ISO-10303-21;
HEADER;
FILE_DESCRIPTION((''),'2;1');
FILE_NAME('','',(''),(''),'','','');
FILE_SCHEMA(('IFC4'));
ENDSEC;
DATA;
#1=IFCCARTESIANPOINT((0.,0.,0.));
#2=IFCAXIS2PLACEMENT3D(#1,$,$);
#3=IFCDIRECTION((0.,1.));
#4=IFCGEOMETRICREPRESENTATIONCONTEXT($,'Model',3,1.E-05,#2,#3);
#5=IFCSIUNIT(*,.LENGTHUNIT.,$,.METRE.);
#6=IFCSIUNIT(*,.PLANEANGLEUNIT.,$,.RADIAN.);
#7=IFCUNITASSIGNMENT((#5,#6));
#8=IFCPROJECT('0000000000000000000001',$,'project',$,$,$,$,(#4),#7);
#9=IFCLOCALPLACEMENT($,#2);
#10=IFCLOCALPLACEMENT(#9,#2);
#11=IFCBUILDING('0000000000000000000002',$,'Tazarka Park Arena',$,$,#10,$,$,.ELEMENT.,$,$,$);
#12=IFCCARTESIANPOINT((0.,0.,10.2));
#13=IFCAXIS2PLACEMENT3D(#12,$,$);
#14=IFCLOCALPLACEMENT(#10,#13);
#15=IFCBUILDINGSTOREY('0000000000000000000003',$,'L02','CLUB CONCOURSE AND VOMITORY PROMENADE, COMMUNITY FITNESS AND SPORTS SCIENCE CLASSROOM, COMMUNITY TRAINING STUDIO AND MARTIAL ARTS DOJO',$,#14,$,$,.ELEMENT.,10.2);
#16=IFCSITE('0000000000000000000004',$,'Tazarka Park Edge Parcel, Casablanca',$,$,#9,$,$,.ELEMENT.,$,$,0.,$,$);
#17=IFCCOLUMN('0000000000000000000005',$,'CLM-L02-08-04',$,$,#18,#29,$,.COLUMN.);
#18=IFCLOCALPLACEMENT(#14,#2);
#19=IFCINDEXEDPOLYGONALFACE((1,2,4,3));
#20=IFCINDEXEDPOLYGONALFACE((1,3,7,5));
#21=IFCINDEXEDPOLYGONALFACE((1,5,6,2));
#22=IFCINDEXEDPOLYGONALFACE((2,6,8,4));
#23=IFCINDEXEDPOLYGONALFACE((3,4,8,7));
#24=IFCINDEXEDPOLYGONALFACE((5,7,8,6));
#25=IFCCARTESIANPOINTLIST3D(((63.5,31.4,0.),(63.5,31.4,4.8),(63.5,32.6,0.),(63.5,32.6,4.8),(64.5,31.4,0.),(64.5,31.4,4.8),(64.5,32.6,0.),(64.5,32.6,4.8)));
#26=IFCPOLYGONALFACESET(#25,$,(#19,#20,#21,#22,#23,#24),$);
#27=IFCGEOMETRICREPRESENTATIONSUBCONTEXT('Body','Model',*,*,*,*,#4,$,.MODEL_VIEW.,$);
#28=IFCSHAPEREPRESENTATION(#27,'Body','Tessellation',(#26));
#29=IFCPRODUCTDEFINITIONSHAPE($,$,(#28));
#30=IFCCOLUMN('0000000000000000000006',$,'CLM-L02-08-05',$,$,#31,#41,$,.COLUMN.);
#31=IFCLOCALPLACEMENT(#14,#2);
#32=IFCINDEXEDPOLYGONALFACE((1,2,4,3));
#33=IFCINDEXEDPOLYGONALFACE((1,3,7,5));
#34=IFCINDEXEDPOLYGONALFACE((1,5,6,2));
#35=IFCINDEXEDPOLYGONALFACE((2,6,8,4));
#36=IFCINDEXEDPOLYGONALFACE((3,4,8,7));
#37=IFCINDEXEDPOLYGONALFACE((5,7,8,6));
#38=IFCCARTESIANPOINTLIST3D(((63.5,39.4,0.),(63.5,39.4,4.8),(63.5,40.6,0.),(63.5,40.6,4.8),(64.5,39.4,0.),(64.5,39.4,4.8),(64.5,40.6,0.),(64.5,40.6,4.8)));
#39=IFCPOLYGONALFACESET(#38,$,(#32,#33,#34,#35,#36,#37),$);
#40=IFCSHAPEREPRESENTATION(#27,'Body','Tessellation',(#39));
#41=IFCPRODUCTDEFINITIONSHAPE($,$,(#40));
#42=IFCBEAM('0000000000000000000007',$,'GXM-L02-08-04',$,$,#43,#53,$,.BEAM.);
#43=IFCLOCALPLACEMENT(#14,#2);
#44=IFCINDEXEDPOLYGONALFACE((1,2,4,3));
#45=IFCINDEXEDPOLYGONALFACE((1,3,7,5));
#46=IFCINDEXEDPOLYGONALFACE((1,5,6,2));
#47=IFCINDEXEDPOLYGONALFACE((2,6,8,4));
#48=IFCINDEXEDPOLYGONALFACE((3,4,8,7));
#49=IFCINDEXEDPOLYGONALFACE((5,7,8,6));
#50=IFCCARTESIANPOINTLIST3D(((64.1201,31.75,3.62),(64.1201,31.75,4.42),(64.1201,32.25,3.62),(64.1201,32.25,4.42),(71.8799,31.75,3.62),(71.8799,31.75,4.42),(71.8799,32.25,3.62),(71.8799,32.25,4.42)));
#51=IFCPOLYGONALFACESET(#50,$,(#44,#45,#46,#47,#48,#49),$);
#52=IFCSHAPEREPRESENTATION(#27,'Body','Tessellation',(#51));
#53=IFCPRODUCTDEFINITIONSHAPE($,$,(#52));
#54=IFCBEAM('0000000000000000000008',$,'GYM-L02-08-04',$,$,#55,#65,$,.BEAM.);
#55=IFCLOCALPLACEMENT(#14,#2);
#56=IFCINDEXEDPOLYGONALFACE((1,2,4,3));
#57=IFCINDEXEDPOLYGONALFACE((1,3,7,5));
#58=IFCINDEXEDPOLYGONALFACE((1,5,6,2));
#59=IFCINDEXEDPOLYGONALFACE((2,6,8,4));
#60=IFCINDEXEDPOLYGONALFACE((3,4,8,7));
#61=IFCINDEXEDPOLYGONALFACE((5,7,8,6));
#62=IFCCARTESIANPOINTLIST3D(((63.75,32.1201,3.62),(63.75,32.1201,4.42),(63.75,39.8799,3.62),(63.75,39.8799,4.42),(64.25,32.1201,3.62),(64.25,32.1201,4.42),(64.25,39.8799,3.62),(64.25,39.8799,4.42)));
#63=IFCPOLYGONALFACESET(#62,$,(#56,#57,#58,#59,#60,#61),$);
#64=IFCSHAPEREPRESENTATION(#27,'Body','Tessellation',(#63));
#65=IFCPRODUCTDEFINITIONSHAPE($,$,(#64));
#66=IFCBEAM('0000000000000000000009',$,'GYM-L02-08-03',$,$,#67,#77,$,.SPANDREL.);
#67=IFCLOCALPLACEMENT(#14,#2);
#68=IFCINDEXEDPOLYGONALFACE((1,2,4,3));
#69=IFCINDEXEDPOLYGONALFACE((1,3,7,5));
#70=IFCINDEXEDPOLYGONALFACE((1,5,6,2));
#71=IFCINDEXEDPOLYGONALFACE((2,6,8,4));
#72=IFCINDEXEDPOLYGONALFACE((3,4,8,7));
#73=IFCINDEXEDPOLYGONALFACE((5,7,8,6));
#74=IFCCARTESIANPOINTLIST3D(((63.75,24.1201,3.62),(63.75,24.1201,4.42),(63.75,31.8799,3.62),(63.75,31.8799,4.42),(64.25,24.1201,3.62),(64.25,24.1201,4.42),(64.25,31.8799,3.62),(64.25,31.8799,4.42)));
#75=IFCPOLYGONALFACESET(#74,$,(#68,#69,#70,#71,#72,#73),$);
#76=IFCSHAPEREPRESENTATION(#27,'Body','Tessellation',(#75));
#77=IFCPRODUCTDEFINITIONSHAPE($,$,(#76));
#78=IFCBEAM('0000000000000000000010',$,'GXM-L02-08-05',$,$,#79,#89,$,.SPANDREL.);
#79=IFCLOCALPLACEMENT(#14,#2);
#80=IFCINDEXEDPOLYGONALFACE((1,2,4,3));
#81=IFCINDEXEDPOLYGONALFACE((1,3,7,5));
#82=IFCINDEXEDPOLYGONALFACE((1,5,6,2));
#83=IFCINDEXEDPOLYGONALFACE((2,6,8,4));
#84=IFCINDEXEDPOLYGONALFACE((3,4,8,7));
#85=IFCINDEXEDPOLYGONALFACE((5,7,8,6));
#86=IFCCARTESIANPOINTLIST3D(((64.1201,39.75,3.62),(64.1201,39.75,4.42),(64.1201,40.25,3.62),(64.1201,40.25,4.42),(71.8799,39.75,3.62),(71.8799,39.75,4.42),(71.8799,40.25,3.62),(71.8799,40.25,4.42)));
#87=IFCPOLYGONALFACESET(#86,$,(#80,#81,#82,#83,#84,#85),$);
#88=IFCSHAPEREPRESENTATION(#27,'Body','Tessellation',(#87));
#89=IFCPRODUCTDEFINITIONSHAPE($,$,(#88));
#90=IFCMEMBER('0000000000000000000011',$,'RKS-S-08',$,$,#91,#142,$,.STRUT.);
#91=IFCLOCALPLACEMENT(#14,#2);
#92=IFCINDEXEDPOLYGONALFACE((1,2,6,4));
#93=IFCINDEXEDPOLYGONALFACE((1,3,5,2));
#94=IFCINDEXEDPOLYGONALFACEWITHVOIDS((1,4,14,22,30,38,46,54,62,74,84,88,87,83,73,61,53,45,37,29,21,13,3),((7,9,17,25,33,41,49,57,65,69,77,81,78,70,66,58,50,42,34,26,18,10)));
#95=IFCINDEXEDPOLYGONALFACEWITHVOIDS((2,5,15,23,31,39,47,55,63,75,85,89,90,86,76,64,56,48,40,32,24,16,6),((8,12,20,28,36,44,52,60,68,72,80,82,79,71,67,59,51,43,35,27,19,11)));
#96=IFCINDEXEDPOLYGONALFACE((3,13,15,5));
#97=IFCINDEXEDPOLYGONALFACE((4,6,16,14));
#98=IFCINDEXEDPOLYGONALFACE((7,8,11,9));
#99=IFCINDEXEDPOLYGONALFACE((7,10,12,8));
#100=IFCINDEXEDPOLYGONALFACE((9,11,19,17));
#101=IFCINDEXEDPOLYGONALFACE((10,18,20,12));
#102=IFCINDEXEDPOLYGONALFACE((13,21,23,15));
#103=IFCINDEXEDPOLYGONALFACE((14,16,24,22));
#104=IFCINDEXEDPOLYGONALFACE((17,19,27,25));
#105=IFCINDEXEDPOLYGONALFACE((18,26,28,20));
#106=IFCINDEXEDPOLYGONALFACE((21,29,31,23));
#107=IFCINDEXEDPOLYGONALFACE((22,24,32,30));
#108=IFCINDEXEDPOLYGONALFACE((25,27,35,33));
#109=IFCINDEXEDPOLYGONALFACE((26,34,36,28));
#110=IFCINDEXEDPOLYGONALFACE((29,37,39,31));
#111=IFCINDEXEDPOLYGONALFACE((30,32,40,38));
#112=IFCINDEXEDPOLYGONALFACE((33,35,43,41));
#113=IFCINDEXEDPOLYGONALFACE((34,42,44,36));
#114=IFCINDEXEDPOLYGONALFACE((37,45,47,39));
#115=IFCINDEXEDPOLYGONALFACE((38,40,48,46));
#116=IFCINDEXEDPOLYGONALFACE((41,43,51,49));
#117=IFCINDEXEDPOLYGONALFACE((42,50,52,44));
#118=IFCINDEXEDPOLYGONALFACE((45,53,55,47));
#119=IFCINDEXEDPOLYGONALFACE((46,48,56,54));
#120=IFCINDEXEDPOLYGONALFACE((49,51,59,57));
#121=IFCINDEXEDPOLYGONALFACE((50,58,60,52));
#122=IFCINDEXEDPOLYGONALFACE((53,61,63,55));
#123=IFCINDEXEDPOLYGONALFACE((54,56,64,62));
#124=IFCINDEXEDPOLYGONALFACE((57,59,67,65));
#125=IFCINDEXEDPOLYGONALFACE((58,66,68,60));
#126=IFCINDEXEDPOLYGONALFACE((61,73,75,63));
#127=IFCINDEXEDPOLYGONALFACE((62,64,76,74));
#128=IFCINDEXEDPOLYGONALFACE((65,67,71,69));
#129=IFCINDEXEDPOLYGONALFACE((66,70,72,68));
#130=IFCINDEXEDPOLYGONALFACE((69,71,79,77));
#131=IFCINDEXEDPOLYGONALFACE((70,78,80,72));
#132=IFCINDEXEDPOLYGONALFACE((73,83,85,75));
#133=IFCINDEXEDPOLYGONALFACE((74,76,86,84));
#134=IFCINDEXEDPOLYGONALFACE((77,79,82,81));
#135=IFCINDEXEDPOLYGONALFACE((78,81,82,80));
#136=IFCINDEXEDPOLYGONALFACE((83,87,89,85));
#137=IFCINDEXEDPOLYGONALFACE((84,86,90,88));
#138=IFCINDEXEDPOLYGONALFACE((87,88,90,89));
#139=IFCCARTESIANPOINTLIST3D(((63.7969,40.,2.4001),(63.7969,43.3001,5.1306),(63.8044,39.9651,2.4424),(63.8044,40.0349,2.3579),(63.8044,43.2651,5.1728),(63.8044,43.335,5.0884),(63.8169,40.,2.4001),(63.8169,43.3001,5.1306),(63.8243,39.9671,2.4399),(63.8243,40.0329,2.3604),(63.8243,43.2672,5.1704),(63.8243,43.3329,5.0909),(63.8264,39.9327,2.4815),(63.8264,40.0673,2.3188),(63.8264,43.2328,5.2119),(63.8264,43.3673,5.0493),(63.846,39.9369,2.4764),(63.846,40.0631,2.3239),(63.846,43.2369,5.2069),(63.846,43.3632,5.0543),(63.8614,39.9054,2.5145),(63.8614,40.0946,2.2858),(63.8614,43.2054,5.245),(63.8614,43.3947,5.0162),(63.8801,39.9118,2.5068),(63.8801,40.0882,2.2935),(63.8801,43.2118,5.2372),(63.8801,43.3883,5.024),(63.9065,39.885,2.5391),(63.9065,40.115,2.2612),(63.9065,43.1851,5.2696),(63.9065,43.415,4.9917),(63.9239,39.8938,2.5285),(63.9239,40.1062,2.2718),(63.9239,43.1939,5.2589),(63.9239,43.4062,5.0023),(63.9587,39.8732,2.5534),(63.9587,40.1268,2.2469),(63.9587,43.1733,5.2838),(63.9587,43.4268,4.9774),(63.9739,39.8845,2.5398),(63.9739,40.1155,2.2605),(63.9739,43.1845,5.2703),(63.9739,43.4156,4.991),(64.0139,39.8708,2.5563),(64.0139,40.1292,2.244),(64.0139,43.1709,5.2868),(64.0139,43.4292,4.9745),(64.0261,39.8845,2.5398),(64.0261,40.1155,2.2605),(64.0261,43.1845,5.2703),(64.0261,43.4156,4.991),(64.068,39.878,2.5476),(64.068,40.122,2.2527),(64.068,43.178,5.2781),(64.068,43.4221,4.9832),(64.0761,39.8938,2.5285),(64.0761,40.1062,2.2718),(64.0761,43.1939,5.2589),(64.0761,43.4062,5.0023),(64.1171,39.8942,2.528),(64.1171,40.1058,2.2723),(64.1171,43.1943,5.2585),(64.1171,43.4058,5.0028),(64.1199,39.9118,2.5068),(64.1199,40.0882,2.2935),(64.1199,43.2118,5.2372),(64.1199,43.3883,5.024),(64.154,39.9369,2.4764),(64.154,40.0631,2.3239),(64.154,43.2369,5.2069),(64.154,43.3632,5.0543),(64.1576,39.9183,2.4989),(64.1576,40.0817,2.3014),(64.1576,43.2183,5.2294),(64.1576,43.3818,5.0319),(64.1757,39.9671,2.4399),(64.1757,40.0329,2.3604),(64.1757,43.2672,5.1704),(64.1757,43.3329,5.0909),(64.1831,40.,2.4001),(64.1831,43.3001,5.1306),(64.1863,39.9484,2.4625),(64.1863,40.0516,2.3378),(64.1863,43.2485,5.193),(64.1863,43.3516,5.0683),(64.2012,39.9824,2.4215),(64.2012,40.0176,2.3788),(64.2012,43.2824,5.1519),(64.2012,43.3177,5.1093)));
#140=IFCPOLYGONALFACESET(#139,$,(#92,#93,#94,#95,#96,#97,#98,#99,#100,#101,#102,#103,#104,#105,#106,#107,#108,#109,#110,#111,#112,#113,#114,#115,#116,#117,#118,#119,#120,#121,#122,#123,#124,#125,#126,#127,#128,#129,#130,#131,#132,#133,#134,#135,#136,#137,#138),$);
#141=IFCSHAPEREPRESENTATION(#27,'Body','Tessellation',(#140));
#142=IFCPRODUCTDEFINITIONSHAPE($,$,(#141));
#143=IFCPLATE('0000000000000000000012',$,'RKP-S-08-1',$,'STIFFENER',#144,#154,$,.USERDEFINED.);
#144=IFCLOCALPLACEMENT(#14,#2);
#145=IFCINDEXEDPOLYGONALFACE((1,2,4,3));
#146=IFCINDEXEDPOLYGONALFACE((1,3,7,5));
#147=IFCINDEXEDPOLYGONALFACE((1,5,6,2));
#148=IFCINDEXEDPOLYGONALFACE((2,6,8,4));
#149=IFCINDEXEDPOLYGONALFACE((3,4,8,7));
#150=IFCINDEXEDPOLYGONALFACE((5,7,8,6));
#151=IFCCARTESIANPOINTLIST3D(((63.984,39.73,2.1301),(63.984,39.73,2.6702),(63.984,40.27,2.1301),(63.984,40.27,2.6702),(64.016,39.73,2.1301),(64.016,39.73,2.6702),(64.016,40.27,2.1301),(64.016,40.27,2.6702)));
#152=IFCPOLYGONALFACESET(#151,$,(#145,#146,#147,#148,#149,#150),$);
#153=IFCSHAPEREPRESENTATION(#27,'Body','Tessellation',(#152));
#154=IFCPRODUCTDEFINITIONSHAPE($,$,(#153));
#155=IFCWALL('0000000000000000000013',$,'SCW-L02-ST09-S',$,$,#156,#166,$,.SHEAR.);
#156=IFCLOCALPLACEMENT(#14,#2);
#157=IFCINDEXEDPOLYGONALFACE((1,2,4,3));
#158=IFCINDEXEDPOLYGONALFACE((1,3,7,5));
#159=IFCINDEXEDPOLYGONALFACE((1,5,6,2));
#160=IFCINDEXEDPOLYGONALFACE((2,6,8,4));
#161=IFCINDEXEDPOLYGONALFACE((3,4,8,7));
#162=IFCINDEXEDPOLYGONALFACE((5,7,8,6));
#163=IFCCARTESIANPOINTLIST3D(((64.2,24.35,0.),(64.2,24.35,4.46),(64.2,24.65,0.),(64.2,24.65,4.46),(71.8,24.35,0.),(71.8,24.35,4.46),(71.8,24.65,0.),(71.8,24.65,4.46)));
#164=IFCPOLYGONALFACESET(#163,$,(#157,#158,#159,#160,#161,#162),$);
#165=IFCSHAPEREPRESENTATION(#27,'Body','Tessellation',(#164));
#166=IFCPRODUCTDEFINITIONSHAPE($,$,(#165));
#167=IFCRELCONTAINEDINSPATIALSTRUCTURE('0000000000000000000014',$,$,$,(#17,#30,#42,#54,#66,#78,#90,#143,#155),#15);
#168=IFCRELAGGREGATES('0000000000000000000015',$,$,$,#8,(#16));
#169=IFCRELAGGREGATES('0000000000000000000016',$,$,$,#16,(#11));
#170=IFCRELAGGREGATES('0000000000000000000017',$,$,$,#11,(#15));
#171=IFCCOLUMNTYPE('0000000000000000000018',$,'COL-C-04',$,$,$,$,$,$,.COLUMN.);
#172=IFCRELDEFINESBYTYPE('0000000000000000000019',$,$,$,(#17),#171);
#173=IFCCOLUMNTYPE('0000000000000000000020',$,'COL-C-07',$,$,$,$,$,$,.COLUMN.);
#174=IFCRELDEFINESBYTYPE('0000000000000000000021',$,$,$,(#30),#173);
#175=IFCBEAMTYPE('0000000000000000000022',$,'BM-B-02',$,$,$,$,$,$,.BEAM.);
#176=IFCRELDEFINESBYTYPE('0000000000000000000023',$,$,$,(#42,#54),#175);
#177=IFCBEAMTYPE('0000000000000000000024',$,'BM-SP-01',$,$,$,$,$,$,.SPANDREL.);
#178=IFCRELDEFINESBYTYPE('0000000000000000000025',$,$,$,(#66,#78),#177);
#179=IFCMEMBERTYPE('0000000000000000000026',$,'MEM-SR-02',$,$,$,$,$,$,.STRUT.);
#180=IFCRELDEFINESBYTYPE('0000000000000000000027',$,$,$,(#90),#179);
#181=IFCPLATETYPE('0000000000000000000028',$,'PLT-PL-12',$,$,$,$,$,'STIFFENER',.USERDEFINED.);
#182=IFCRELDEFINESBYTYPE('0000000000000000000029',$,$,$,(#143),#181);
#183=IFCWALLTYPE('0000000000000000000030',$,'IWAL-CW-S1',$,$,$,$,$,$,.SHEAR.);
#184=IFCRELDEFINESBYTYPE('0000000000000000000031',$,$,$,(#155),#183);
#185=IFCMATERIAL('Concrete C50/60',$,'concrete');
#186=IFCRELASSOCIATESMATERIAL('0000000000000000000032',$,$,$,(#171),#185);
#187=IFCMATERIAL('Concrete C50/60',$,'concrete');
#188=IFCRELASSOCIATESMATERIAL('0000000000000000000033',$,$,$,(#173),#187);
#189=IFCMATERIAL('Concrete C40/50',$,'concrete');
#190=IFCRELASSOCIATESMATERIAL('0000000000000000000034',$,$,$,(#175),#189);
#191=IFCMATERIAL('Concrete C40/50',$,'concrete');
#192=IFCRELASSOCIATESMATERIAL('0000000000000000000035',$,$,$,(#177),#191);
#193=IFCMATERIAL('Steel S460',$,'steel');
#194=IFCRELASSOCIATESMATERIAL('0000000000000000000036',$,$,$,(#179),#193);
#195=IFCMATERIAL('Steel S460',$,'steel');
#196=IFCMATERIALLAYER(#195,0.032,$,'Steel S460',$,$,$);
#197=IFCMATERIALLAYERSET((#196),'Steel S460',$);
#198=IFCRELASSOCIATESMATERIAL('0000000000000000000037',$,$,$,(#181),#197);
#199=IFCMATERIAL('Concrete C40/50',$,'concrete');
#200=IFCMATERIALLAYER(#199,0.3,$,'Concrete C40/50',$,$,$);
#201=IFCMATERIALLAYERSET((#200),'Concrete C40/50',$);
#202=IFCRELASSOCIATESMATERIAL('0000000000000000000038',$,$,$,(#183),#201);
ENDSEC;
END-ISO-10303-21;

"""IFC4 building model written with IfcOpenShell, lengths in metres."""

from ifc_helpers import new_model, si_unit, direction, frame, frame_2d, origin, origin_2d, place, context, subcontext, project, spatial, rectangle, hollow_circle, extrude, material, layer, layer_set, material_profile, profile_set, type_object, element, save


model = new_model("IFC4")

# Units and contexts
model_context = context("Model", 3, precision=1e-05, world=origin(), true_north=direction((0.0, 1.0)))
body_context = subcontext(model_context, "Body", "Model", "MODEL_VIEW")
ifc_project = project(units=[si_unit("LENGTHUNIT", "METRE"), si_unit("PLANEANGLEUNIT", "RADIAN")], contexts=[model_context])

# Site, building, storey
site_placement = place(None, origin())
site = spatial("IfcSite", under=ifc_project, at=site_placement, Name="Tazarka Park Edge Parcel, Casablanca", CompositionType="ELEMENT", RefElevation=0.0)
building_placement = place(site_placement, origin())
building = spatial("IfcBuilding", under=site, at=building_placement, Name="Tazarka Park Arena", CompositionType="ELEMENT")
storey_placement = place(building_placement, frame((0.0, 0.0, 10.2)))
storey = spatial("IfcBuildingStorey", under=building, at=storey_placement, Name="L02", Description="CLUB CONCOURSE AND VOMITORY PROMENADE, COMMUNITY FITNESS AND SPORTS SCIENCE CLASSROOM, COMMUNITY TRAINING STUDIO AND MARTIAL ARTS DOJO", CompositionType="ELEMENT", Elevation=10.2)

# Columns
ifc_material_1 = material(Name="Concrete C50/60", Category="concrete")
ifc_material_profile_1 = material_profile(ifc_material_1, rectangle(XDim=1.0, YDim=1.2, at=origin_2d()), Name="Concrete C50/60")
ifc_profile_set_1 = profile_set([ifc_material_profile_1], Name="Concrete C50/60")
column_type_1 = type_object("IfcColumnType", Name="COL-C-04", PredefinedType="COLUMN", material=ifc_profile_set_1)
column_1_placement = place(storey_placement, frame((64.0, 32.0, 0.0), z_axis=(0.0, 0.0, 1.0), x_axis=(1.0, 0.0, 0.0)))
element("IfcColumn", 1, at=column_1_placement, inside=storey, type_object=column_type_1, Name="CLM-L02-08-04", PredefinedType="COLUMN", context=body_context, shape_type="SweptSolid", body=[
    extrude(rectangle(XDim=1.0, YDim=1.2, at=origin_2d()), origin(), (0.0, 0.0, 1.0), 4.8),
])
ifc_material_2 = material(Name="Concrete C50/60", Category="concrete")
ifc_material_profile_2 = material_profile(ifc_material_2, rectangle(XDim=1.0, YDim=1.2, at=origin_2d()), Name="Concrete C50/60")
ifc_profile_set_2 = profile_set([ifc_material_profile_2], Name="Concrete C50/60")
column_type_2 = type_object("IfcColumnType", Name="COL-C-07", PredefinedType="COLUMN", material=ifc_profile_set_2)
column_2_placement = place(storey_placement, frame((64.0, 40.0, 0.0), z_axis=(0.0, 0.0, 1.0), x_axis=(1.0, 0.0, 0.0)))
element("IfcColumn", 2, at=column_2_placement, inside=storey, type_object=column_type_2, Name="CLM-L02-08-05", PredefinedType="COLUMN", context=body_context, shape_type="SweptSolid", body=[
    extrude(rectangle(XDim=1.0, YDim=1.2, at=origin_2d()), origin(), (0.0, 0.0, 1.0), 4.8),
])

# Beams
ifc_material_3 = material(Name="Concrete C40/50", Category="concrete")
ifc_material_profile_3 = material_profile(ifc_material_3, rectangle(XDim=0.5, YDim=0.8, at=origin_2d()), Name="Concrete C40/50")
ifc_profile_set_3 = profile_set([ifc_material_profile_3], Name="Concrete C40/50")
beam_type_1 = type_object("IfcBeamType", Name="BM-B-02", PredefinedType="BEAM", material=ifc_profile_set_3)
for number, where, z_axis, x_axis, name in (
    (3, (64.1201, 32.0, 4.02), (1.0, 0.0, 0.0), (0.0, 1.0, 0.0), "GXM-L02-08-04"),
    (4, (64.0, 32.1201, 4.02), (0.0, 1.0, 0.0), (-1.0, 0.0, 0.0), "GYM-L02-08-04"),
):
    element("IfcBeam", number, at=place(storey_placement, frame(where, z_axis=z_axis, x_axis=x_axis)), inside=storey, type_object=beam_type_1, Name=name, PredefinedType="BEAM", context=body_context, shape_type="SweptSolid", body=[
        extrude(rectangle(XDim=0.5, YDim=0.8, at=origin_2d()), origin(), (0.0, 0.0, 1.0), 7.7598),
    ])
ifc_material_4 = material(Name="Concrete C40/50", Category="concrete")
ifc_material_profile_4 = material_profile(ifc_material_4, rectangle(XDim=0.5, YDim=0.8, at=origin_2d()), Name="Concrete C40/50")
ifc_profile_set_4 = profile_set([ifc_material_profile_4], Name="Concrete C40/50")
beam_type_2 = type_object("IfcBeamType", Name="BM-SP-01", PredefinedType="SPANDREL", material=ifc_profile_set_4)
for number, where, z_axis, x_axis, name in (
    (5, (64.0, 24.1201, 4.02), (0.0, 1.0, 0.0), (-1.0, 0.0, 0.0), "GYM-L02-08-03"),
    (6, (64.1201, 40.0, 4.02), (1.0, 0.0, 0.0), (0.0, 1.0, 0.0), "GXM-L02-08-05"),
):
    element("IfcBeam", number, at=place(storey_placement, frame(where, z_axis=z_axis, x_axis=x_axis)), inside=storey, type_object=beam_type_2, Name=name, PredefinedType="SPANDREL", context=body_context, shape_type="SweptSolid", body=[
        extrude(rectangle(XDim=0.5, YDim=0.8, at=origin_2d()), origin(), (0.0, 0.0, 1.0), 7.7598),
    ])

# Member
ifc_material_5 = material(Name="Steel S460", Category="steel")
ifc_material_profile_5 = material_profile(ifc_material_5, hollow_circle(Radius=0.2031, WallThickness=0.02, at=origin_2d()), Name="Steel S460")
ifc_profile_set_5 = profile_set([ifc_material_profile_5], Name="Steel S460")
member_type = type_object("IfcMemberType", Name="MEM-SR-02", PredefinedType="STRUT", material=ifc_profile_set_5)
member_placement = place(storey_placement, frame((64.0, 40.0, 2.4001), z_axis=(0.0, 0.770464, 0.637484), x_axis=(-1.0, 0.0, 0.0)))
element("IfcMember", 7, at=member_placement, inside=storey, type_object=member_type, Name="RKS-S-08", PredefinedType="STRUT", context=body_context, shape_type="SweptSolid", body=[
    extrude(hollow_circle(Radius=0.2031, WallThickness=0.02, at=origin_2d()), origin(), (0.0, 0.0, 1.0), 4.2832),
])

# Plate
ifc_material_6 = material(Name="Steel S460", Category="steel")
ifc_layer_1 = layer(ifc_material_6, 0.032, Name="Steel S460")
ifc_layer_set_1 = layer_set([ifc_layer_1], Name="Steel S460")
plate_type = type_object("IfcPlateType", Name="PLT-PL-12", ElementType="STIFFENER", PredefinedType="USERDEFINED", material=ifc_layer_set_1)
plate_placement = place(storey_placement, frame((64.0, 40.0, 2.1301), z_axis=(0.0, 0.0, 1.0), x_axis=(1.0, 0.0, 0.0)))
element("IfcPlate", 8, at=plate_placement, inside=storey, type_object=plate_type, Name="RKP-S-08-1", ObjectType="STIFFENER", PredefinedType="USERDEFINED", context=body_context, shape_type="SweptSolid", body=[
    extrude(rectangle(XDim=0.032, YDim=0.54, at=origin_2d()), origin(), (0.0, 0.0, 1.0), 0.54),
])

# Wall
ifc_material_7 = material(Name="Concrete C40/50", Category="concrete")
ifc_layer_2 = layer(ifc_material_7, 0.3, Name="Concrete C40/50")
ifc_layer_set_2 = layer_set([ifc_layer_2], Name="Concrete C40/50")
wall_type_1 = type_object("IfcWallType", Name="IWAL-CW-S1", PredefinedType="SHEAR", material=ifc_layer_set_2)
wall_1_placement = place(storey_placement, frame((71.8, 24.5, 0.0), z_axis=(0.0, 0.0, 1.0), x_axis=(-1.0, 0.0, 0.0)))
element("IfcWall", 9, at=wall_1_placement, inside=storey, type_object=wall_type_1, Name="SCW-L02-ST09-S", PredefinedType="SHEAR", context=body_context, shape_type="SweptSolid", body=[
    extrude(rectangle(XDim=7.6001, YDim=0.3, at=frame_2d((3.8, 0.0))), origin(), (0.0, 0.0, 1.0), 4.46),
])

save(model, "model.ifc")
